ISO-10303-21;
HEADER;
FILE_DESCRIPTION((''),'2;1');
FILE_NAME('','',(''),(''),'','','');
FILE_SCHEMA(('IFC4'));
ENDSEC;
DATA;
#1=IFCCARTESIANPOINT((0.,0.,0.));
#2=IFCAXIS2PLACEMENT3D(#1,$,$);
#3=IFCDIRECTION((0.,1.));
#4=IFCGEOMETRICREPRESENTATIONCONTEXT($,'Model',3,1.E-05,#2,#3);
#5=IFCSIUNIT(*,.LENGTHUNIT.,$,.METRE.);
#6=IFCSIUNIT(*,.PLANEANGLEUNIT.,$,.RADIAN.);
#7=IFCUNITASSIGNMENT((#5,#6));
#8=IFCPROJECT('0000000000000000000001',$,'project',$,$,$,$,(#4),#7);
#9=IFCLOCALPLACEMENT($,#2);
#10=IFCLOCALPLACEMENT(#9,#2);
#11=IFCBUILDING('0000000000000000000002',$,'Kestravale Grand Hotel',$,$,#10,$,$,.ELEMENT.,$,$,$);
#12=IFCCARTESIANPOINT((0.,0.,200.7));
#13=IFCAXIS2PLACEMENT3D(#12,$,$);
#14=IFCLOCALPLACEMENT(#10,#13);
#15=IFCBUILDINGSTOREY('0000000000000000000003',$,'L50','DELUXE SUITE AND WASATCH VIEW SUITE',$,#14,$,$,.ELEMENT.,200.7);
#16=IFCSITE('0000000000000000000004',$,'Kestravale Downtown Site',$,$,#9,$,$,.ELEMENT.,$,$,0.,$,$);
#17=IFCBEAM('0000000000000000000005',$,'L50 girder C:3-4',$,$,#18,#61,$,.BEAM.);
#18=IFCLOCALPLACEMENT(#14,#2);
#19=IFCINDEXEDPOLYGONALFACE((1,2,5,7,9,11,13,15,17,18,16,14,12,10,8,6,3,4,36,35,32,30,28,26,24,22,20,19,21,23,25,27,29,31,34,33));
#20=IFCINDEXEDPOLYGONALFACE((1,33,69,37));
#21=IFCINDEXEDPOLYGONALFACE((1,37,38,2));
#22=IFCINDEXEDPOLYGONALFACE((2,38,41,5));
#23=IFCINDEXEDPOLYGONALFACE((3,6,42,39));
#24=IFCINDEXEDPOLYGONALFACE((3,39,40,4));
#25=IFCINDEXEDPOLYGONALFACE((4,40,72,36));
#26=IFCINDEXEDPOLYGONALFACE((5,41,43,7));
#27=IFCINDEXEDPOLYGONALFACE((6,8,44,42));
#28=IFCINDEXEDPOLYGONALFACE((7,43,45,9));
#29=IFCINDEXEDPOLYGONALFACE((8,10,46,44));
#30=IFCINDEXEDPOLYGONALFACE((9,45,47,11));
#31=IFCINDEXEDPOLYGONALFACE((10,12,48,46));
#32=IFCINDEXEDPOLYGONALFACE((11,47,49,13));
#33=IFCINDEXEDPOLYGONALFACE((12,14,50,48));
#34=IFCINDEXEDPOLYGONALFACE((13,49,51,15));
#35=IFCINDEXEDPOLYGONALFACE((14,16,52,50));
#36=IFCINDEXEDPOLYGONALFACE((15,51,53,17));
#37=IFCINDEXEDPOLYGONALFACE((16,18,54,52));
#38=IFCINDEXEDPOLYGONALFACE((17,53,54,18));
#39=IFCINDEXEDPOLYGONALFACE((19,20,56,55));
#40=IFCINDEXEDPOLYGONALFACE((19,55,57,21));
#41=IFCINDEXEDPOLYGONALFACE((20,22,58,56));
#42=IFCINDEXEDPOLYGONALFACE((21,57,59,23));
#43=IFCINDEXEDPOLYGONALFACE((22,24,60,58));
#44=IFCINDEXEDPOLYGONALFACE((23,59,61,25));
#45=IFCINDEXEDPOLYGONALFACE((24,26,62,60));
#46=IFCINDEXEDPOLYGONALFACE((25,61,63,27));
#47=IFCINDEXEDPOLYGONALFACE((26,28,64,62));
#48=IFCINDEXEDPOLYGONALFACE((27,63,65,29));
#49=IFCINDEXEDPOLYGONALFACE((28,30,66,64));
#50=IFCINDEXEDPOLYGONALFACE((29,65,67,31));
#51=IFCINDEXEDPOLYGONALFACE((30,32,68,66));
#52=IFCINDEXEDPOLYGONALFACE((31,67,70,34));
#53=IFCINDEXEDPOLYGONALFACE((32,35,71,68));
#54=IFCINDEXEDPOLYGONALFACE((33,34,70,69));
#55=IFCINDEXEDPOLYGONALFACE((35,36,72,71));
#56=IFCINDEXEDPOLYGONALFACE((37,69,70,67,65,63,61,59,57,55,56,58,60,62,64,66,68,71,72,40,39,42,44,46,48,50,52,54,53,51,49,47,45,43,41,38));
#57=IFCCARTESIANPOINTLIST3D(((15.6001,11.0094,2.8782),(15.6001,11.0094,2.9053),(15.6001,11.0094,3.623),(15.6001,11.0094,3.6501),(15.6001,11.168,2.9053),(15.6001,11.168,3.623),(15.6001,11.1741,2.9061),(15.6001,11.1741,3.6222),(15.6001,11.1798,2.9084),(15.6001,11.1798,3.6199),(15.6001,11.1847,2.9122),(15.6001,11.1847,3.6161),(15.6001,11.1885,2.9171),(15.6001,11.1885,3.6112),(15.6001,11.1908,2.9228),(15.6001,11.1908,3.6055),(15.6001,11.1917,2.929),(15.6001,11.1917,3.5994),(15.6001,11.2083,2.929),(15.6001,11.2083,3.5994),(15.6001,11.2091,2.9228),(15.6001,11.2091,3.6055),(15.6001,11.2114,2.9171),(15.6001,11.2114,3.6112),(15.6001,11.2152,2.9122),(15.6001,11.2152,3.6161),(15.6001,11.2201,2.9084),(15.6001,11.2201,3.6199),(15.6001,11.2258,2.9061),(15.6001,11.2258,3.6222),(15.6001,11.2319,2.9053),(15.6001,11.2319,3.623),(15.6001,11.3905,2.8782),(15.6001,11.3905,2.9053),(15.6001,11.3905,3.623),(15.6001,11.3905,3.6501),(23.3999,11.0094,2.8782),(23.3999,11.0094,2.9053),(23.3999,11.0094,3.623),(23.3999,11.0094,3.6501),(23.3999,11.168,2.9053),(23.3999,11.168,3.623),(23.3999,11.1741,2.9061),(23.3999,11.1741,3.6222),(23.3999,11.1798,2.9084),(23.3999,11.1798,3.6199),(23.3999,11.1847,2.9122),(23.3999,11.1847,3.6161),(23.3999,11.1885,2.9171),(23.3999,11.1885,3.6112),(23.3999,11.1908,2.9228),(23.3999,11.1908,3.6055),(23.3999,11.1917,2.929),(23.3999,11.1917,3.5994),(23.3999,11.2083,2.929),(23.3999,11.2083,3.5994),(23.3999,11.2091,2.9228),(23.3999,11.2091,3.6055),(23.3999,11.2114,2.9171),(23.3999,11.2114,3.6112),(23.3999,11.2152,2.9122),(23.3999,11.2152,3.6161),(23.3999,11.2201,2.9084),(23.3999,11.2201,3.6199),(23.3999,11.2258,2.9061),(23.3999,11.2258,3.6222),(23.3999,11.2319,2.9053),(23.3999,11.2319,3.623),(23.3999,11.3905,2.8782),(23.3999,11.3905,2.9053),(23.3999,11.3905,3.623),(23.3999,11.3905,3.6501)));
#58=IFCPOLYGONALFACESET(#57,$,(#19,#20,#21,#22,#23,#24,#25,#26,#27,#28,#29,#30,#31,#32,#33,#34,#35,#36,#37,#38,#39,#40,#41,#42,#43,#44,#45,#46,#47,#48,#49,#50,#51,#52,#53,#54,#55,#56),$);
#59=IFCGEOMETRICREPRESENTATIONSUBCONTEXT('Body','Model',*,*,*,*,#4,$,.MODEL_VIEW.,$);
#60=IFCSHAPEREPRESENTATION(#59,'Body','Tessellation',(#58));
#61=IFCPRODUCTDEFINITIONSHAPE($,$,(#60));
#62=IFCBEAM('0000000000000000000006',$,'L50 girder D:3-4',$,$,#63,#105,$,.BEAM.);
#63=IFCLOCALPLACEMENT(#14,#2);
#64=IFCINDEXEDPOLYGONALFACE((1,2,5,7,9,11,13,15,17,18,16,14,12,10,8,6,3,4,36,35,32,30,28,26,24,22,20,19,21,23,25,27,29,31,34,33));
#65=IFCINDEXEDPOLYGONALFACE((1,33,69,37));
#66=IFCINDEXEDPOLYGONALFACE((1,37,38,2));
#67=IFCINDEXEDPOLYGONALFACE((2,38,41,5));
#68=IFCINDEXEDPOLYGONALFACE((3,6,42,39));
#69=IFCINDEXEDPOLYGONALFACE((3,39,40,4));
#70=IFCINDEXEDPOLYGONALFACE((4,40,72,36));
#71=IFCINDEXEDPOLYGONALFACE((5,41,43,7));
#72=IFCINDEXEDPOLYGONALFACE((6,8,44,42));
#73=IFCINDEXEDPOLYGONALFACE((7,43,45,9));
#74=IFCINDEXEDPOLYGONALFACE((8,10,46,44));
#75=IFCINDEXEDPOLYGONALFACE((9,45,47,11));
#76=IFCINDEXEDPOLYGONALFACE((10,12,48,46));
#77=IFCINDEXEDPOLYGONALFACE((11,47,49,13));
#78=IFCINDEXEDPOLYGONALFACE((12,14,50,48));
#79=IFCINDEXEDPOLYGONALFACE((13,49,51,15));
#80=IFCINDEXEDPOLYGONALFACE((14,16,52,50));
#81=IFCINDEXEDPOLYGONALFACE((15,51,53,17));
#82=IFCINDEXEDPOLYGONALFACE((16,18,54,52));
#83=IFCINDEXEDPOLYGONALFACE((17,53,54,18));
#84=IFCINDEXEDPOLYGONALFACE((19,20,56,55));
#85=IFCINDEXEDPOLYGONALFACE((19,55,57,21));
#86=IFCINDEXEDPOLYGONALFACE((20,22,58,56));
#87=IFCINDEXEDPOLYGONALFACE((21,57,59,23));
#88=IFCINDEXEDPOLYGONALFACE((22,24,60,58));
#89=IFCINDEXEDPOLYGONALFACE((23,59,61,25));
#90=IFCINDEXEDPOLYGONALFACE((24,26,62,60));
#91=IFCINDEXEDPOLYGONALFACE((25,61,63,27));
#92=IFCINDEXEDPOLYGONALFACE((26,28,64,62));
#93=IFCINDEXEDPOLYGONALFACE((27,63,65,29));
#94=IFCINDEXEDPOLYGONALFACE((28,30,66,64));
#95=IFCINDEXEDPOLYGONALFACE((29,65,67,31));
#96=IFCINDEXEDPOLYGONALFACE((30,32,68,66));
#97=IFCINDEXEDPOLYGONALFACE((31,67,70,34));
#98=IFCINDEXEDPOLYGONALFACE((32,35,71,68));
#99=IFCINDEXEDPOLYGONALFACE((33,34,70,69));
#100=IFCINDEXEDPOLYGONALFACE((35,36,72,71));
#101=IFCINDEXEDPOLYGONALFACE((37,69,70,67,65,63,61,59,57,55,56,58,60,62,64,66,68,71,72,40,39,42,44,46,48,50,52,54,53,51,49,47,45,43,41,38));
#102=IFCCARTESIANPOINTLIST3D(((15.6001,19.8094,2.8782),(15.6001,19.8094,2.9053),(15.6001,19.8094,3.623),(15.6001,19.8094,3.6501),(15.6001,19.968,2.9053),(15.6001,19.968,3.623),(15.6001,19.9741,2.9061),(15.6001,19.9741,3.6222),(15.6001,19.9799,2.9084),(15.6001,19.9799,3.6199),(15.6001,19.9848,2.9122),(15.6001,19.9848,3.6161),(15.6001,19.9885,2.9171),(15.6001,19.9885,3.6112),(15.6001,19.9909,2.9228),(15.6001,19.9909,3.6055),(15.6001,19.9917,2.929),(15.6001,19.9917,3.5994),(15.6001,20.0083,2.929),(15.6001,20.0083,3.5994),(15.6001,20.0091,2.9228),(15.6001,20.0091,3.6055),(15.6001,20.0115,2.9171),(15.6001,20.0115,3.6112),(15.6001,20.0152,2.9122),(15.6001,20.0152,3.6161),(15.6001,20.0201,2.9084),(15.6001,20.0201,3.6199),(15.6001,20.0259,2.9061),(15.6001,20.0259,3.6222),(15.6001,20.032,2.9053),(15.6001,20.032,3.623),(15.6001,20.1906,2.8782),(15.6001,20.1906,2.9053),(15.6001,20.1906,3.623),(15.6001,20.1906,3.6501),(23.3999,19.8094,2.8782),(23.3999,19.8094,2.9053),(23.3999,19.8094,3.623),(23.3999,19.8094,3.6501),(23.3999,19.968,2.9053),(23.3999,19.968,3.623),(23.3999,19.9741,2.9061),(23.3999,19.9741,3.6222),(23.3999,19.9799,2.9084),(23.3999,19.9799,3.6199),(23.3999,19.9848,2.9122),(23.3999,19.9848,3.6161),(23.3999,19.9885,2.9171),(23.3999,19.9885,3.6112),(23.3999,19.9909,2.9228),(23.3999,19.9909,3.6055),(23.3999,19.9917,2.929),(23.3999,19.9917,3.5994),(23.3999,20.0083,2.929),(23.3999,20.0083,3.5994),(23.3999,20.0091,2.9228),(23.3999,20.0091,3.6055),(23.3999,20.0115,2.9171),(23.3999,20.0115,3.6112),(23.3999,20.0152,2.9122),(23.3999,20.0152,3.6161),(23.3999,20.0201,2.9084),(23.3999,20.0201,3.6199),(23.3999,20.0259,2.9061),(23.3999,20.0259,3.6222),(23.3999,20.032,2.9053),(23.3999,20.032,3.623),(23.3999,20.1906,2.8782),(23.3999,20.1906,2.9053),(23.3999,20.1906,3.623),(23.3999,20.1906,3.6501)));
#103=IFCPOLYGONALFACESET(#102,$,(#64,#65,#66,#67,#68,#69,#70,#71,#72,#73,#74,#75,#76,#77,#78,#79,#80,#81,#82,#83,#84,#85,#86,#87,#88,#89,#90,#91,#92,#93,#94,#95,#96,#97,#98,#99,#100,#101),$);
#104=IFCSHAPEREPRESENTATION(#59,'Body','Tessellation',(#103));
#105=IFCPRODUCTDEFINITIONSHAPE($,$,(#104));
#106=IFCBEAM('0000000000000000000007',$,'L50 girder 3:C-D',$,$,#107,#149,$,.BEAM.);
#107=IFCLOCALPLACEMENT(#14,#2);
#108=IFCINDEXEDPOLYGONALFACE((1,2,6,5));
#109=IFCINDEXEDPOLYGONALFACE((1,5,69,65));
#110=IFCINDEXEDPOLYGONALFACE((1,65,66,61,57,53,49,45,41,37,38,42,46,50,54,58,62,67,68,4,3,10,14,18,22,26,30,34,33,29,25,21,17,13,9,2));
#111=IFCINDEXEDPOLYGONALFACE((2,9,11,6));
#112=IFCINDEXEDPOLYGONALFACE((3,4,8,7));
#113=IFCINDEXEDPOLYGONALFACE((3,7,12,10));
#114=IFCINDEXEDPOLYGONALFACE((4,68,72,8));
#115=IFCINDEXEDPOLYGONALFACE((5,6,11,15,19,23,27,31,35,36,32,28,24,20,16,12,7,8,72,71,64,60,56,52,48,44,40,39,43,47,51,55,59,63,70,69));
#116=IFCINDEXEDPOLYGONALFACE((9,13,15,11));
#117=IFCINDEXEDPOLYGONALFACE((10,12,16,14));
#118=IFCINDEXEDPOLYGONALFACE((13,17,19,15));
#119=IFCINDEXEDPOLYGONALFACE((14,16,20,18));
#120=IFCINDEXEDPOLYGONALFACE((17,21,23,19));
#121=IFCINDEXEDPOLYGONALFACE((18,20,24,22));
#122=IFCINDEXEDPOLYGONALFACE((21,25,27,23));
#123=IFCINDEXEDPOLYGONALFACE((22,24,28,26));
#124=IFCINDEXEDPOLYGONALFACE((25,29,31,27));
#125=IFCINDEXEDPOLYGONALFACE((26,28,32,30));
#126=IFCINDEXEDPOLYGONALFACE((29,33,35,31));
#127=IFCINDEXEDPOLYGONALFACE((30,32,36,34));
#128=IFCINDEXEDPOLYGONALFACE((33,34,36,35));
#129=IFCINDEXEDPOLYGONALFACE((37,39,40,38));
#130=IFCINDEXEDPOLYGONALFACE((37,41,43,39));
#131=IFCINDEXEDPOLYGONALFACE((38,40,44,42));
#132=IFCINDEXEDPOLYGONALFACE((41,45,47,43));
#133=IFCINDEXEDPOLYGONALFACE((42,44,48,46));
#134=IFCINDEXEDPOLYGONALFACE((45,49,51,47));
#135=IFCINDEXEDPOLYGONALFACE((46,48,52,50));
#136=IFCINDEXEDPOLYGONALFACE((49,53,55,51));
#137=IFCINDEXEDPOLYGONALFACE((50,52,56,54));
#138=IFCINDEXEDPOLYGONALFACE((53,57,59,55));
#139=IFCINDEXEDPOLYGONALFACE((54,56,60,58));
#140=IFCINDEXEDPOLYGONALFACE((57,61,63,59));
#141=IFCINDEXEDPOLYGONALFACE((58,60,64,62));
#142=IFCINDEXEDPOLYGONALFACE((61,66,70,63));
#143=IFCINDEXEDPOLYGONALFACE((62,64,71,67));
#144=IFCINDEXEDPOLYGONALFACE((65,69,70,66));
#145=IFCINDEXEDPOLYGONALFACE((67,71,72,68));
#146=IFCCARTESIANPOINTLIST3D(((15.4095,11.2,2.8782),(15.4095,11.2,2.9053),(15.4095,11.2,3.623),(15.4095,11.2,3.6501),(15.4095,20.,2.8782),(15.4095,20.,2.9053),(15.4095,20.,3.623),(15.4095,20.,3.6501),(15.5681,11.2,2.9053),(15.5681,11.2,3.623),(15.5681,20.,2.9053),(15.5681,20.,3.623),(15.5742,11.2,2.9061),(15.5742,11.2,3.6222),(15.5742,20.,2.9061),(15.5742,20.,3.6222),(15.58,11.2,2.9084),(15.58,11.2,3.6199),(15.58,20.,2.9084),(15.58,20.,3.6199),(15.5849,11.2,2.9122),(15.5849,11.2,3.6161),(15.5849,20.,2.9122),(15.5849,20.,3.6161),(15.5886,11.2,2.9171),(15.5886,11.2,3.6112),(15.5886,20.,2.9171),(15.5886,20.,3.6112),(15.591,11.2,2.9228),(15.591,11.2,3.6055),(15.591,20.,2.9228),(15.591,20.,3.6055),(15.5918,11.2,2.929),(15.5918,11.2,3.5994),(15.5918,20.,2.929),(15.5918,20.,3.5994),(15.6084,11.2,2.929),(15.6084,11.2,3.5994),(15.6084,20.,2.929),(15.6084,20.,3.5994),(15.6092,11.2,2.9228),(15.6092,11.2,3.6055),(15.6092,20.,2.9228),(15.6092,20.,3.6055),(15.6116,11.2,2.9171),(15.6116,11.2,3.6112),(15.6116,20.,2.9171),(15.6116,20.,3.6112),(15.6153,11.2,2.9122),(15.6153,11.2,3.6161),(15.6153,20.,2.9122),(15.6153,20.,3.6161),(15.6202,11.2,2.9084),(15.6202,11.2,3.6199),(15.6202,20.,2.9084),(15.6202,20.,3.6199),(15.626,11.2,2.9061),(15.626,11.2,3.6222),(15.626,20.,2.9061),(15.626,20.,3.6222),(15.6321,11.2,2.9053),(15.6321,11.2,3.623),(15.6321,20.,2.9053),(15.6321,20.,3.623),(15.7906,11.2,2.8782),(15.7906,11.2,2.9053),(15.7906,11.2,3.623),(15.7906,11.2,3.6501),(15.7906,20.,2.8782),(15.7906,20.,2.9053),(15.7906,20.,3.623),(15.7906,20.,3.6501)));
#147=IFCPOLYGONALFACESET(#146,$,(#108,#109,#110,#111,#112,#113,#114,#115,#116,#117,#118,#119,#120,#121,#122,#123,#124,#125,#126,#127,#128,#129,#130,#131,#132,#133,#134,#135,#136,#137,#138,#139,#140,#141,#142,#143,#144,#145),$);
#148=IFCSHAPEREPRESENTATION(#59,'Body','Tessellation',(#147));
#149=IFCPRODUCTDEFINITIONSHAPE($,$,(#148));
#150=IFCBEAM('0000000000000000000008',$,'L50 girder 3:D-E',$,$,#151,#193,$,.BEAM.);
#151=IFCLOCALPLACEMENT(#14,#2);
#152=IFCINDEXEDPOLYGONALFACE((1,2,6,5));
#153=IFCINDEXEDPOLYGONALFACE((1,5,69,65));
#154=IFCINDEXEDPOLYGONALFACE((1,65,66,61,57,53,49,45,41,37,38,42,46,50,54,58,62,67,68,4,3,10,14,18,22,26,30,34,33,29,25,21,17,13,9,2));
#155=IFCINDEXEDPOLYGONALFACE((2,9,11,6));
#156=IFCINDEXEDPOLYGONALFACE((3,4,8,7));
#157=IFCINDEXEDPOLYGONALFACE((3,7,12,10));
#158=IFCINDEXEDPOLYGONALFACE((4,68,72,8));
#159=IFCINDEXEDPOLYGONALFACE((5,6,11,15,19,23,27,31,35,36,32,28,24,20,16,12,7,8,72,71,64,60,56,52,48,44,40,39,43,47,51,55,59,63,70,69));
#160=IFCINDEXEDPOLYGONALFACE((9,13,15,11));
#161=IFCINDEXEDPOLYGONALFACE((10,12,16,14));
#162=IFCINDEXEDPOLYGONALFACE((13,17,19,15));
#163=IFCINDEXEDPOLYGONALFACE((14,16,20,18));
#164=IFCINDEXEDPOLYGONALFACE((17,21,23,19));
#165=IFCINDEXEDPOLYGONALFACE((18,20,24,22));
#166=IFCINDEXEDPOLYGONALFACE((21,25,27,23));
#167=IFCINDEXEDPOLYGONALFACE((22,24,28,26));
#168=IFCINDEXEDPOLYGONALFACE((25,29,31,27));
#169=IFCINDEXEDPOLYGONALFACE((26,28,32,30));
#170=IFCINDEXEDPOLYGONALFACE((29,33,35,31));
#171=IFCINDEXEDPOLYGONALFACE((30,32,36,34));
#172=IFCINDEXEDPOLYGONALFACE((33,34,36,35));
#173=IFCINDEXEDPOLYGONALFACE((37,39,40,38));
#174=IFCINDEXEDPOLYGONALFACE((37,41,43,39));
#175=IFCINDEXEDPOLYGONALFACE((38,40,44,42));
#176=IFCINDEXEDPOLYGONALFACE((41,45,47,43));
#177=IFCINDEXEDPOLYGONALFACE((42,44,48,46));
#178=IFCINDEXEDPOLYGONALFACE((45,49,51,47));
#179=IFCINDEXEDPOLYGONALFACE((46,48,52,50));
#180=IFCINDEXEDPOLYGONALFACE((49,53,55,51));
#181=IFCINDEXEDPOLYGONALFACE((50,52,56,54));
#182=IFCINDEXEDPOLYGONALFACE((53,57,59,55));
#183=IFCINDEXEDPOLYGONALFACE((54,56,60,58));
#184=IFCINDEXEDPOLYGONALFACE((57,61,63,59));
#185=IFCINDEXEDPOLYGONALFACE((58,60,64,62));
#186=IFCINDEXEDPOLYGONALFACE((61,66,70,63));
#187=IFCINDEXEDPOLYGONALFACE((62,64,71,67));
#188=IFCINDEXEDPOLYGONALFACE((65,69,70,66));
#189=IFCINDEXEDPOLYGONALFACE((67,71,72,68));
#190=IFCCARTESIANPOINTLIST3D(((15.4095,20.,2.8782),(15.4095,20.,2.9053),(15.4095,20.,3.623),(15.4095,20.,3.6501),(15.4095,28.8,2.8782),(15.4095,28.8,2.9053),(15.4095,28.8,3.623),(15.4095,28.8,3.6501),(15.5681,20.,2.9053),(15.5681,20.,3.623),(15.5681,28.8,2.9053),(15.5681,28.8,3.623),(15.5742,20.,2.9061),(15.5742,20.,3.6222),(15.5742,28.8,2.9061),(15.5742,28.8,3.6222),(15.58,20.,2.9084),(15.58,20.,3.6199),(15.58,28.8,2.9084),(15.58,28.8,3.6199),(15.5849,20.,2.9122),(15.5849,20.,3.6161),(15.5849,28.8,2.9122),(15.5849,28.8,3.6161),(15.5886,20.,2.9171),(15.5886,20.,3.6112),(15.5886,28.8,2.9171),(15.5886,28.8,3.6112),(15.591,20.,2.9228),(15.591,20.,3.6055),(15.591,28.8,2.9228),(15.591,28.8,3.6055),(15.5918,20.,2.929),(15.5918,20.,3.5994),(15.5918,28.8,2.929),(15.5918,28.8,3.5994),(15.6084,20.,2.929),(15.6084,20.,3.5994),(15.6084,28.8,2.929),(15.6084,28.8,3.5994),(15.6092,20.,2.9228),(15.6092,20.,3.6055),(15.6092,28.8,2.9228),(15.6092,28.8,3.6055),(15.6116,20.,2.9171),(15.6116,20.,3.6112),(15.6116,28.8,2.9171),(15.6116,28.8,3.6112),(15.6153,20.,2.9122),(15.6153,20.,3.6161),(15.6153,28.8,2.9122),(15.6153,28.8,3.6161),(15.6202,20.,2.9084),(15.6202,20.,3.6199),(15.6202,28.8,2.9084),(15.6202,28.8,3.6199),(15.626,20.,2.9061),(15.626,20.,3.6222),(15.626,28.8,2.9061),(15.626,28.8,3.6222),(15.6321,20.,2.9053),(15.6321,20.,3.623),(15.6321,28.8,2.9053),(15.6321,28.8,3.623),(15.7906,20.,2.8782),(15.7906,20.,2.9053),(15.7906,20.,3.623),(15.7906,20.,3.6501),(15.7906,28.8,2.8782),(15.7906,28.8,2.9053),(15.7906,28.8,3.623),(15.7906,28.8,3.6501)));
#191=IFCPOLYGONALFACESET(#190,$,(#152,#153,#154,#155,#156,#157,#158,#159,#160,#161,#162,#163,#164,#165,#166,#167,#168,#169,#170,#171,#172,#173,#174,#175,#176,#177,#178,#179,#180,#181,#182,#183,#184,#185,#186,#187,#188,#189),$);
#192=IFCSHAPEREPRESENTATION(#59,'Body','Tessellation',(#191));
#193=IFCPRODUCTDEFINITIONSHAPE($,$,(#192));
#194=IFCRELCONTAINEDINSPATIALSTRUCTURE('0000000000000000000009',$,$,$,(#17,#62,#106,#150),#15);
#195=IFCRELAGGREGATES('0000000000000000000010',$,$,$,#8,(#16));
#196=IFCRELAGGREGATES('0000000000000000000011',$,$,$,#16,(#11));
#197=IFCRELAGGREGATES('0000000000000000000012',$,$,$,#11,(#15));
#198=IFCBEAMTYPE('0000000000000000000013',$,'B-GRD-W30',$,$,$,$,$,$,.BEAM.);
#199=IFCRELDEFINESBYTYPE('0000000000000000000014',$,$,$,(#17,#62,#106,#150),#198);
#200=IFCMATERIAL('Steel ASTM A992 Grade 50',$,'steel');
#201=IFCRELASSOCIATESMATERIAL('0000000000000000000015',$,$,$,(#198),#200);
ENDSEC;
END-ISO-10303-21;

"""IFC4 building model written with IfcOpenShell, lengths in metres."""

from ifc_helpers import new_model, si_unit, direction, frame, origin, origin_2d, place, context, subcontext, project, spatial, i_section, extrude, material, material_profile, profile_set, type_object, element, save


model = new_model("IFC4")

# Units and contexts
model_context = context("Model", 3, precision=1e-05, world=origin(), true_north=direction((0.0, 1.0)))
body_context = subcontext(model_context, "Body", "Model", "MODEL_VIEW")
ifc_project = project(units=[si_unit("LENGTHUNIT", "METRE"), si_unit("PLANEANGLEUNIT", "RADIAN")], contexts=[model_context])

# Site, building, storey
site_placement = place(None, origin())
site = spatial("IfcSite", under=ifc_project, at=site_placement, Name="Kestravale Downtown Site", CompositionType="ELEMENT", RefElevation=0.0)
building_placement = place(site_placement, origin())
building = spatial("IfcBuilding", under=site, at=building_placement, Name="Kestravale Grand Hotel", CompositionType="ELEMENT")
storey_placement = place(building_placement, frame((0.0, 0.0, 200.7)))
storey = spatial("IfcBuildingStorey", under=building, at=storey_placement, Name="L50", Description="DELUXE SUITE AND WASATCH VIEW SUITE", CompositionType="ELEMENT", Elevation=200.7)

# Beams
ifc_material_1 = material(Name="Steel ASTM A992 Grade 50", Category="steel")
ifc_material_profile_1 = material_profile(ifc_material_1, i_section(OverallWidth=0.3811, OverallDepth=0.772, WebThickness=0.0166, FlangeThickness=0.0271, FilletRadius=0.0237, at=origin_2d()))
ifc_profile_set_1 = profile_set([ifc_material_profile_1], Name="Steel ASTM A992 Grade 50")
beam_type_1 = type_object("IfcBeamType", Name="B-GRD-W30", PredefinedType="BEAM", material=ifc_profile_set_1)
for number, where, z_axis, x_axis, name in (
    (1, (15.6001, 11.2, 3.2642), (1.0, 0.0, 0.0), (0.0, 1.0, 0.0), "L50 girder C:3-4"),
    (2, (15.6001, 20.0, 3.2642), (1.0, 0.0, 0.0), (0.0, 1.0, 0.0), "L50 girder D:3-4"),
):
    element("IfcBeam", number, at=place(storey_placement, frame(where, z_axis=z_axis, x_axis=x_axis)), inside=storey, type_object=beam_type_1, Name=name, PredefinedType="BEAM", context=body_context, shape_type="SweptSolid", body=[
        extrude(i_section(OverallWidth=0.3811, OverallDepth=0.772, WebThickness=0.0166, FlangeThickness=0.0271, FilletRadius=0.0237, at=origin_2d()), origin(), (0.0, 0.0, 1.0), 7.7998),
    ])
for number, where, z_axis, x_axis, name in (
    (3, (15.6001, 11.2, 3.2642), (0.0, 1.0, 0.0), (-1.0, 0.0, 0.0), "L50 girder 3:C-D"),
    (4, (15.6001, 20.0, 3.2642), (0.0, 1.0, 0.0), (-1.0, 0.0, 0.0), "L50 girder 3:D-E"),
):
    element("IfcBeam", number, at=place(storey_placement, frame(where, z_axis=z_axis, x_axis=x_axis)), inside=storey, type_object=beam_type_1, Name=name, PredefinedType="BEAM", context=body_context, shape_type="SweptSolid", body=[
        extrude(i_section(OverallWidth=0.3811, OverallDepth=0.772, WebThickness=0.0166, FlangeThickness=0.0271, FilletRadius=0.0237, at=origin_2d()), origin(), (0.0, 0.0, 1.0), 8.8),
    ])

save(model, "model.ifc")
